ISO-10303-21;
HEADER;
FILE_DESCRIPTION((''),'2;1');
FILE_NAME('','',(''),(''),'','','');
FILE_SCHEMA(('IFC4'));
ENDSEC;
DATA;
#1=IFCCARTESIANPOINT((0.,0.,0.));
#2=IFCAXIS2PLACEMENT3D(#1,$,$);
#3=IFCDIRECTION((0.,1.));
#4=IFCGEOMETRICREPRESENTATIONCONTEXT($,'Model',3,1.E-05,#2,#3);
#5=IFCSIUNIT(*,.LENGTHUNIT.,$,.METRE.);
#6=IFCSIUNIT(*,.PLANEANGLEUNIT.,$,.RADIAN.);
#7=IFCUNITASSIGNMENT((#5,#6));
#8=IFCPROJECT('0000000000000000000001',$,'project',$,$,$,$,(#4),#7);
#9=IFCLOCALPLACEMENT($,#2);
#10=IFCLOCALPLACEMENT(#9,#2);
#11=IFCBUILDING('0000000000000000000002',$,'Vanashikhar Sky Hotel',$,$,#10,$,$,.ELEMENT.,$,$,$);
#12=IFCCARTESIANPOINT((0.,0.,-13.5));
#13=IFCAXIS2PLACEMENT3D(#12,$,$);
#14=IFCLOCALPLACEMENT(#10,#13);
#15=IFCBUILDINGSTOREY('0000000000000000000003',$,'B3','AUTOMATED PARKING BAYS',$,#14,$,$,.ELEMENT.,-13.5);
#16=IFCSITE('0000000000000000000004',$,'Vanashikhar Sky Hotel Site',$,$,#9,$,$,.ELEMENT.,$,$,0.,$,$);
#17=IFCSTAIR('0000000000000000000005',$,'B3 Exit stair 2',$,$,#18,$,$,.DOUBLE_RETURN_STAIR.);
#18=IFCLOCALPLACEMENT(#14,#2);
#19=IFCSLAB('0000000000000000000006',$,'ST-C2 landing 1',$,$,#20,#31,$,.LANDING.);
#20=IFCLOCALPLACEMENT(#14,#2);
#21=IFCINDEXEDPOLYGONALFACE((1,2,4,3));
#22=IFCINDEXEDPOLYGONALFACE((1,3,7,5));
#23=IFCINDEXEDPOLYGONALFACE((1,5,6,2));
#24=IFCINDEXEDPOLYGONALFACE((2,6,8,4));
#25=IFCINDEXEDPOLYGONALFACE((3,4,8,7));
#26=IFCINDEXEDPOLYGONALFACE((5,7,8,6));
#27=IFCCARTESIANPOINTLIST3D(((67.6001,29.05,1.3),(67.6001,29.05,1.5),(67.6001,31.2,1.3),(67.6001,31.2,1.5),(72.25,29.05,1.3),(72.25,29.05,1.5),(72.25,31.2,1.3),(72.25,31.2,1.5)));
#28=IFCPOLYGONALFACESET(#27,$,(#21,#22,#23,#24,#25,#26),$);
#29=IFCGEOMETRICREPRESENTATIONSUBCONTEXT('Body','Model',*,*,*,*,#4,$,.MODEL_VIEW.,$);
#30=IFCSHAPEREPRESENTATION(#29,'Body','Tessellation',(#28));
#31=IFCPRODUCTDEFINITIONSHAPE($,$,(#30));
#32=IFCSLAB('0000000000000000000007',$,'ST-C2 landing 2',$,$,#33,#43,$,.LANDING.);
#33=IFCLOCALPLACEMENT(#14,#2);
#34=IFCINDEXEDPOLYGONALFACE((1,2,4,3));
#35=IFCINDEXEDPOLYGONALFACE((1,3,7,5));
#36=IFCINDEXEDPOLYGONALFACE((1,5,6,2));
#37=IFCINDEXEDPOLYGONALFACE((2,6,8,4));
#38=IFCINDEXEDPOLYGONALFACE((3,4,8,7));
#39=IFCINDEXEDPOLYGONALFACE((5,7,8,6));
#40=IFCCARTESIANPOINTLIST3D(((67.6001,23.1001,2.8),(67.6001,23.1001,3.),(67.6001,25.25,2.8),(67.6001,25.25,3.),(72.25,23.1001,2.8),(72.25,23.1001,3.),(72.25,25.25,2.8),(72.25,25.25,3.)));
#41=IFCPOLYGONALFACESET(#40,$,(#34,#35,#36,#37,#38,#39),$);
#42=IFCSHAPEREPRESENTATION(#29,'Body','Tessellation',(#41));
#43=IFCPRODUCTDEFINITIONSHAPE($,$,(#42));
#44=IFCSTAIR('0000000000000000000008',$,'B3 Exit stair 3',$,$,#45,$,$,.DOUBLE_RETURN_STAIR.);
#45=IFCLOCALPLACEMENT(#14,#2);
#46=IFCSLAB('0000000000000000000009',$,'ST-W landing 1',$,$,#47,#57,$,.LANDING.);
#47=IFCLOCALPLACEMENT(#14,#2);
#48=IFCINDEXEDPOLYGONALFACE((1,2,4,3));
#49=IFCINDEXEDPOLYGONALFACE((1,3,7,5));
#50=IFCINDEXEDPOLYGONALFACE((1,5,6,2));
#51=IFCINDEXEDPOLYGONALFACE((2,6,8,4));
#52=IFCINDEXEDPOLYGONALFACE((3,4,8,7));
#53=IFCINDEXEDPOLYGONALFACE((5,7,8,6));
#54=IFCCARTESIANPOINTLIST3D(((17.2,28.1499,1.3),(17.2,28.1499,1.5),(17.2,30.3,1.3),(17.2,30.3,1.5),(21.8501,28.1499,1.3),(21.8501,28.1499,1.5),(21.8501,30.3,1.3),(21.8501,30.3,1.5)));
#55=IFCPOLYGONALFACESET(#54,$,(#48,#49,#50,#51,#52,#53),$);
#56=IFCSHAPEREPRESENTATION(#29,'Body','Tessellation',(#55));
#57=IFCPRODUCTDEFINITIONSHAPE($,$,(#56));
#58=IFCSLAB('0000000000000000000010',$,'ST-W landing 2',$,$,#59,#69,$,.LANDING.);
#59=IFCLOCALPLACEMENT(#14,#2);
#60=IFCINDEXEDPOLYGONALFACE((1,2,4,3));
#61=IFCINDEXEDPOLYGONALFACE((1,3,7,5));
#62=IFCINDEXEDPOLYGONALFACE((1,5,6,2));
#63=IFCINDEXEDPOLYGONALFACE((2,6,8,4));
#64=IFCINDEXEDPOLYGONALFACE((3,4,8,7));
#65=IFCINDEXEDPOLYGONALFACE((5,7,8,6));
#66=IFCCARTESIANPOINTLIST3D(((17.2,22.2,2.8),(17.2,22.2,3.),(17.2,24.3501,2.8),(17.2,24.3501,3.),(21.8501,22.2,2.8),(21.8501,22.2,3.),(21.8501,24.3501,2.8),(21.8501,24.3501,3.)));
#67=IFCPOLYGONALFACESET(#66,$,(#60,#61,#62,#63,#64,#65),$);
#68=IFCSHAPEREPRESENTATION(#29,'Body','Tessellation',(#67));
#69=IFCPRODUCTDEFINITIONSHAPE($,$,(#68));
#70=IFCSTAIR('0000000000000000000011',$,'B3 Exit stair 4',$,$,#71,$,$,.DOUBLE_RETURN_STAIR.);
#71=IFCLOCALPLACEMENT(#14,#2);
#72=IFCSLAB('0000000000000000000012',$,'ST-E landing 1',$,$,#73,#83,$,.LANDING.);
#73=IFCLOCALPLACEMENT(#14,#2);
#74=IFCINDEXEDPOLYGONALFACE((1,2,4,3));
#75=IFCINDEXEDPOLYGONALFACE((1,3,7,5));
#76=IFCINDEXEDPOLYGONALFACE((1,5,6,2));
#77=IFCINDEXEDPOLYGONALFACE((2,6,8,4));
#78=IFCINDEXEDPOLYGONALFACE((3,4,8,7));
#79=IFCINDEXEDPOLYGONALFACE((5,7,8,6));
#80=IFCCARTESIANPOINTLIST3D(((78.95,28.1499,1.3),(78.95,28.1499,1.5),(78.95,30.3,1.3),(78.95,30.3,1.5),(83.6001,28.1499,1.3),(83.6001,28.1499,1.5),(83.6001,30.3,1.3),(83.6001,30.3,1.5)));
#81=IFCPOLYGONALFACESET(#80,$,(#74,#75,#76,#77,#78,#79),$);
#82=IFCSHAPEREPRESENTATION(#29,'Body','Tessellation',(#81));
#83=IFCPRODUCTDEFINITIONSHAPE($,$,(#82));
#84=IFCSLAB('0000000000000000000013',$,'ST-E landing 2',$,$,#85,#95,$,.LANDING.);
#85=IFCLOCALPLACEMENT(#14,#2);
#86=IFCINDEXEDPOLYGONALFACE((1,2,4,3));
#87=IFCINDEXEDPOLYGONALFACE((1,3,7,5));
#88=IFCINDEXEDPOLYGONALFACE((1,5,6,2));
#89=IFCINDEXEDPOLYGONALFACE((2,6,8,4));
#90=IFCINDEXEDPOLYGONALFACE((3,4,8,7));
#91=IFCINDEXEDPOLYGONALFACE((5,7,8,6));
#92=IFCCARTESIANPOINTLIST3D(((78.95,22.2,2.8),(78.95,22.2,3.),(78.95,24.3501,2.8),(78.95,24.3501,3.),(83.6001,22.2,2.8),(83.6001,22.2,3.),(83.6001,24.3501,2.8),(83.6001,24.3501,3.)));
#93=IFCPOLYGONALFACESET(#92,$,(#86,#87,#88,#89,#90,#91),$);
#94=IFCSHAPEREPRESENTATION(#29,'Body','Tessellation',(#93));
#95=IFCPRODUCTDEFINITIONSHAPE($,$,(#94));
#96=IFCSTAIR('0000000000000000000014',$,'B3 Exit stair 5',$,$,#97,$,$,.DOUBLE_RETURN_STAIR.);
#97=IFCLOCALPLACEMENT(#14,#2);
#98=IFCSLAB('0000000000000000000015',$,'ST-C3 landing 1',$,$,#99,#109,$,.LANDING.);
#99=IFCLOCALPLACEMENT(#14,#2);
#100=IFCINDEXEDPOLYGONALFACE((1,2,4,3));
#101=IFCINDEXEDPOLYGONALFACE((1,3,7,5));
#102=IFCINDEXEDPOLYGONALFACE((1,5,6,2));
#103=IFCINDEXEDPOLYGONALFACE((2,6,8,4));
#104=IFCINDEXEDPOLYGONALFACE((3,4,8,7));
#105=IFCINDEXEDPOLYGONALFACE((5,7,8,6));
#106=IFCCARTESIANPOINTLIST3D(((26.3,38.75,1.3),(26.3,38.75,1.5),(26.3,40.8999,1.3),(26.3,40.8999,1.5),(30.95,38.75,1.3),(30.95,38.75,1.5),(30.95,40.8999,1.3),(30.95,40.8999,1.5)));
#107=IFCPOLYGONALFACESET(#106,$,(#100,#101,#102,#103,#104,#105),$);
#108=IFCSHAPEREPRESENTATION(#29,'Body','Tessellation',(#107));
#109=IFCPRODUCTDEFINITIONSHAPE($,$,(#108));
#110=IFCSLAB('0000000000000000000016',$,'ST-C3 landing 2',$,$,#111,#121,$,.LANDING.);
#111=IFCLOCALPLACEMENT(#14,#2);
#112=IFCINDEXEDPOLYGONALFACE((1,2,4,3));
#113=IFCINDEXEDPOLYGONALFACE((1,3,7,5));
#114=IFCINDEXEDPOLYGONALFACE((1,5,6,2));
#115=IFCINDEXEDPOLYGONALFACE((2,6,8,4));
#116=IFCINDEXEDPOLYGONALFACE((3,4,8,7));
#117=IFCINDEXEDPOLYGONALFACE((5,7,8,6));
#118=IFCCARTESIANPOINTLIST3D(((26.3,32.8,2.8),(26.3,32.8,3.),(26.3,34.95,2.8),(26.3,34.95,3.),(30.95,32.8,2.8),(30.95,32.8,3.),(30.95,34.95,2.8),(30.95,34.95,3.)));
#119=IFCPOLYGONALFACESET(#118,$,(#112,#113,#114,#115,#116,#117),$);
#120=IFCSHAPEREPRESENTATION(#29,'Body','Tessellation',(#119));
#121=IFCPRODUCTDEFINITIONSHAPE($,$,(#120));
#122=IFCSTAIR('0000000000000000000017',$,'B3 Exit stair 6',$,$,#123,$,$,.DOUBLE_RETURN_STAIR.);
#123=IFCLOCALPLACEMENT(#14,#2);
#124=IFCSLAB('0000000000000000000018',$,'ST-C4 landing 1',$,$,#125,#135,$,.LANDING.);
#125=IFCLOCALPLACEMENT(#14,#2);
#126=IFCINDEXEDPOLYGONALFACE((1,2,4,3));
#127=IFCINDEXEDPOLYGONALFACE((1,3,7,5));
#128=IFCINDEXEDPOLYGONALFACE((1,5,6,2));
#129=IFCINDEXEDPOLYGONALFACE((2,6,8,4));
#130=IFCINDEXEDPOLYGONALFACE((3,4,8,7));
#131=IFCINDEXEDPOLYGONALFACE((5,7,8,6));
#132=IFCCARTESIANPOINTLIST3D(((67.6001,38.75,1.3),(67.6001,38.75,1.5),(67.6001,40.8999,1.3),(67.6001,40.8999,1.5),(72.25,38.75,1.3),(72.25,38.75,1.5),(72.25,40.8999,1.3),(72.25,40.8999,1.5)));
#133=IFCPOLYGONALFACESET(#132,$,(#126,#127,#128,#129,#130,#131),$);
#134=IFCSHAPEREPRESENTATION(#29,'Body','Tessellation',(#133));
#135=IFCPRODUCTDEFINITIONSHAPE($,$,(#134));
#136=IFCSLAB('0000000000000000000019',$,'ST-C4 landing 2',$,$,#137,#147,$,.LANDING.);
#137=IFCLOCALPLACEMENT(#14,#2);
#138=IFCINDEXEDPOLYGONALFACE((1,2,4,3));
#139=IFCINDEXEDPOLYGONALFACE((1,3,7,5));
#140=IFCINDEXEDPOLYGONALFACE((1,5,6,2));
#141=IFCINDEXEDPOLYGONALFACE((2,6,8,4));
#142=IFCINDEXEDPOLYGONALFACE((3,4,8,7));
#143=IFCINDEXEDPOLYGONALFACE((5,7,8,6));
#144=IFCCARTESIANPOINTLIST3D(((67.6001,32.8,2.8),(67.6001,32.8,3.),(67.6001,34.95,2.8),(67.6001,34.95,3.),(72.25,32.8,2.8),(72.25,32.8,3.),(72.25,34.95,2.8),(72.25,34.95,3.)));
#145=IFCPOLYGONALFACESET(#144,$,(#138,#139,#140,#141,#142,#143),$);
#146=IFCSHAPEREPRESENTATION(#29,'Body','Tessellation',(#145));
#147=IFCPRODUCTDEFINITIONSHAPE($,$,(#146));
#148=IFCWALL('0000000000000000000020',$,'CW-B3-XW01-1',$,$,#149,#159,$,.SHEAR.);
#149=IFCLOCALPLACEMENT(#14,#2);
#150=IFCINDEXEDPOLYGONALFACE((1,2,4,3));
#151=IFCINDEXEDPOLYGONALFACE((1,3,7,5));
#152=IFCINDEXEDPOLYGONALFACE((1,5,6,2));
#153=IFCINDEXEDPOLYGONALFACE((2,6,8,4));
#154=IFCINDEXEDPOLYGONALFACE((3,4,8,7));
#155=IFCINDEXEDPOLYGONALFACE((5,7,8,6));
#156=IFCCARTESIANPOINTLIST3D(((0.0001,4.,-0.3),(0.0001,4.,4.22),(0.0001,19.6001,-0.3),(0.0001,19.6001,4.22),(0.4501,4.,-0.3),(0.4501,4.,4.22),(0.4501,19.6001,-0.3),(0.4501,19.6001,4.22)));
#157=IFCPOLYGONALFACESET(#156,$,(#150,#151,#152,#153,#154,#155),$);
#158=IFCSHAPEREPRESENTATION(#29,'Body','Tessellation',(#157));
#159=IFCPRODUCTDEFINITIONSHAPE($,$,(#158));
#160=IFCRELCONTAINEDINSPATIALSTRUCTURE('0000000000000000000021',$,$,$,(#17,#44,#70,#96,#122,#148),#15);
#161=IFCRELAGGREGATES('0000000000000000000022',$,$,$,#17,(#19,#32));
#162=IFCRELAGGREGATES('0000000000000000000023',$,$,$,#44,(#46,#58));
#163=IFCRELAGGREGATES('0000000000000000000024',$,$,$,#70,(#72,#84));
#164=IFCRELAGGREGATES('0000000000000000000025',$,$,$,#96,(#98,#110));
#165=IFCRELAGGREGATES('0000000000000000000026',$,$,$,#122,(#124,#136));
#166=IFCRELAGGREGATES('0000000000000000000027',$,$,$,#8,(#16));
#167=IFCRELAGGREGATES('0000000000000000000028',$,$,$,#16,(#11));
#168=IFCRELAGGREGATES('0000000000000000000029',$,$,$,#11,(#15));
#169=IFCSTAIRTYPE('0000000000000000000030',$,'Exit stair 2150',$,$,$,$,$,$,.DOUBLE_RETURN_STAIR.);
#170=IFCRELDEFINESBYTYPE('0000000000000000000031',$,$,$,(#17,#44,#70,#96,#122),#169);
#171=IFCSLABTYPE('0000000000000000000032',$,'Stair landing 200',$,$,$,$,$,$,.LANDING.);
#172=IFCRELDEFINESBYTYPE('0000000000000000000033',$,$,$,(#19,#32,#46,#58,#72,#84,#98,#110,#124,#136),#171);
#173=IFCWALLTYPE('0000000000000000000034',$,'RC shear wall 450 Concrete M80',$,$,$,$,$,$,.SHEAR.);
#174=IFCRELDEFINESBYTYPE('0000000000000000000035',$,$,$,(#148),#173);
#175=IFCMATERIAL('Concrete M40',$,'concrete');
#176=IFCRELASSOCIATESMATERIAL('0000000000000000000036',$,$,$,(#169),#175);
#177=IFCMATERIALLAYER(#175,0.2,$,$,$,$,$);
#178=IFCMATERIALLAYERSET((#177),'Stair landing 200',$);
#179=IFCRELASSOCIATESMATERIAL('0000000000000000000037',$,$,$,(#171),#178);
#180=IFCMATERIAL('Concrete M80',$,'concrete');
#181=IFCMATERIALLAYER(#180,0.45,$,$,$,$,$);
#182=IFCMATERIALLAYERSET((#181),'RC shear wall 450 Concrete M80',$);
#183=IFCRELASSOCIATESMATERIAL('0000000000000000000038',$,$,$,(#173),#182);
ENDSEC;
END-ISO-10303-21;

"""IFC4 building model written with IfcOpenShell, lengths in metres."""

from ifc_helpers import new_model, si_unit, direction, frame, frame_2d, origin, place, context, subcontext, project, spatial, polyline, rectangle, outline, extrude, source, transform, mapped, material, layer, layer_set, type_object, element, aggregate, save


model = new_model("IFC4")

# Units and contexts
model_context = context("Model", 3, precision=1e-05, world=origin(), true_north=direction((0.0, 1.0)))
body_context = subcontext(model_context, "Body", "Model", "MODEL_VIEW")
ifc_project = project(units=[si_unit("LENGTHUNIT", "METRE"), si_unit("PLANEANGLEUNIT", "RADIAN")], contexts=[model_context])

# Site, building, storey
site_placement = place(None, origin())
site = spatial("IfcSite", under=ifc_project, at=site_placement, Name="Vanashikhar Sky Hotel Site", CompositionType="ELEMENT", RefElevation=0.0)
building_placement = place(site_placement, origin())
building = spatial("IfcBuilding", under=site, at=building_placement, Name="Vanashikhar Sky Hotel", CompositionType="ELEMENT")
storey_placement = place(building_placement, frame((0.0, 0.0, -13.5)))
storey = spatial("IfcBuildingStorey", under=building, at=storey_placement, Name="B3", Description="AUTOMATED PARKING BAYS", CompositionType="ELEMENT", Elevation=-13.5)

# Shared definitions
ifc_material_1 = material(Name="Concrete M40", Category="concrete")

# Stairs, slabs
stair_type = type_object("IfcStairType", Name="Exit stair 2150", PredefinedType="DOUBLE_RETURN_STAIR", material=ifc_material_1)
stair_1_placement = place(storey_placement, origin())
stair_1 = element("IfcStair", 1, at=stair_1_placement, inside=storey, type_object=stair_type, Name="B3 Exit stair 2", PredefinedType="DOUBLE_RETURN_STAIR")
ifc_layer_1 = layer(ifc_material_1, 0.2)
ifc_layer_set_1 = layer_set([ifc_layer_1], Name="Stair landing 200")
slab_type = type_object("IfcSlabType", Name="Stair landing 200", PredefinedType="LANDING", material=ifc_layer_set_1)
shared_shape_1 = source(origin(), body_context, "Body", "SweptSolid", [
    extrude(outline(polyline([(72.25, 29.05), (72.25, 31.2), (67.6001, 31.2), (67.6001, 29.05), (72.25, 29.05)])), origin(), (0.0, 0.0, 1.0), 0.2),
])
slab_1_placement = place(storey_placement, frame((0.0, 0.0, 1.3)))
slab_1 = element("IfcSlab", 2, at=slab_1_placement, type_object=slab_type, Name="ST-C2 landing 1", PredefinedType="LANDING", context=body_context, shape_type="MappedRepresentation", body=[
    mapped(shared_shape_1, transform((0.0, 0.0, 0.0), scale=1.0)),
])
shared_shape_2 = source(origin(), body_context, "Body", "SweptSolid", [
    extrude(outline(polyline([(72.25, 23.1001), (72.25, 25.25), (67.6001, 25.25), (67.6001, 23.1001), (72.25, 23.1001)])), origin(), (0.0, 0.0, 1.0), 0.2),
])
slab_2_placement = place(storey_placement, frame((0.0, 0.0, 2.8)))
slab_2 = element("IfcSlab", 3, at=slab_2_placement, type_object=slab_type, Name="ST-C2 landing 2", PredefinedType="LANDING", context=body_context, shape_type="MappedRepresentation", body=[
    mapped(shared_shape_2, transform((0.0, 0.0, 0.0), scale=1.0)),
])
aggregate(stair_1, [slab_1, slab_2])
stair_2_placement = place(storey_placement, origin())
stair_2 = element("IfcStair", 4, at=stair_2_placement, inside=storey, type_object=stair_type, Name="B3 Exit stair 3", PredefinedType="DOUBLE_RETURN_STAIR")
shared_shape_3 = source(origin(), body_context, "Body", "SweptSolid", [
    extrude(outline(polyline([(21.8501, 28.1499), (21.8501, 30.3), (17.2, 30.3), (17.2, 28.1499), (21.8501, 28.1499)])), origin(), (0.0, 0.0, 1.0), 0.2),
])
slab_3_placement = place(storey_placement, frame((0.0, 0.0, 1.3)))
slab_3 = element("IfcSlab", 5, at=slab_3_placement, type_object=slab_type, Name="ST-W landing 1", PredefinedType="LANDING", context=body_context, shape_type="MappedRepresentation", body=[
    mapped(shared_shape_3, transform((0.0, 0.0, 0.0), scale=1.0)),
])
shared_shape_4 = source(origin(), body_context, "Body", "SweptSolid", [
    extrude(outline(polyline([(21.8501, 22.2), (21.8501, 24.3501), (17.2, 24.3501), (17.2, 22.2), (21.8501, 22.2)])), origin(), (0.0, 0.0, 1.0), 0.2),
])
slab_4_placement = place(storey_placement, frame((0.0, 0.0, 2.8)))
slab_4 = element("IfcSlab", 6, at=slab_4_placement, type_object=slab_type, Name="ST-W landing 2", PredefinedType="LANDING", context=body_context, shape_type="MappedRepresentation", body=[
    mapped(shared_shape_4, transform((0.0, 0.0, 0.0), scale=1.0)),
])
aggregate(stair_2, [slab_3, slab_4])
stair_3_placement = place(storey_placement, origin())
stair_3 = element("IfcStair", 7, at=stair_3_placement, inside=storey, type_object=stair_type, Name="B3 Exit stair 4", PredefinedType="DOUBLE_RETURN_STAIR")
shared_shape_5 = source(origin(), body_context, "Body", "SweptSolid", [
    extrude(outline(polyline([(83.6001, 28.1499), (83.6001, 30.3), (78.95, 30.3), (78.95, 28.1499), (83.6001, 28.1499)])), origin(), (0.0, 0.0, 1.0), 0.2),
])
slab_5_placement = place(storey_placement, frame((0.0, 0.0, 1.3)))
slab_5 = element("IfcSlab", 8, at=slab_5_placement, type_object=slab_type, Name="ST-E landing 1", PredefinedType="LANDING", context=body_context, shape_type="MappedRepresentation", body=[
    mapped(shared_shape_5, transform((0.0, 0.0, 0.0), scale=1.0)),
])
shared_shape_6 = source(origin(), body_context, "Body", "SweptSolid", [
    extrude(outline(polyline([(83.6001, 22.2), (83.6001, 24.3501), (78.95, 24.3501), (78.95, 22.2), (83.6001, 22.2)])), origin(), (0.0, 0.0, 1.0), 0.2),
])
slab_6_placement = place(storey_placement, frame((0.0, 0.0, 2.8)))
slab_6 = element("IfcSlab", 9, at=slab_6_placement, type_object=slab_type, Name="ST-E landing 2", PredefinedType="LANDING", context=body_context, shape_type="MappedRepresentation", body=[
    mapped(shared_shape_6, transform((0.0, 0.0, 0.0), scale=1.0)),
])
aggregate(stair_3, [slab_5, slab_6])
stair_4_placement = place(storey_placement, origin())
stair_4 = element("IfcStair", 10, at=stair_4_placement, inside=storey, type_object=stair_type, Name="B3 Exit stair 5", PredefinedType="DOUBLE_RETURN_STAIR")
shared_shape_7 = source(origin(), body_context, "Body", "SweptSolid", [
    extrude(outline(polyline([(30.95, 38.75), (30.95, 40.8999), (26.3, 40.8999), (26.3, 38.75), (30.95, 38.75)])), origin(), (0.0, 0.0, 1.0), 0.2),
])
slab_7_placement = place(storey_placement, frame((0.0, 0.0, 1.3)))
slab_7 = element("IfcSlab", 11, at=slab_7_placement, type_object=slab_type, Name="ST-C3 landing 1", PredefinedType="LANDING", context=body_context, shape_type="MappedRepresentation", body=[
    mapped(shared_shape_7, transform((0.0, 0.0, 0.0), scale=1.0)),
])
shared_shape_8 = source(origin(), body_context, "Body", "SweptSolid", [
    extrude(outline(polyline([(30.95, 32.8), (30.95, 34.95), (26.3, 34.95), (26.3, 32.8), (30.95, 32.8)])), origin(), (0.0, 0.0, 1.0), 0.2),
])
slab_8_placement = place(storey_placement, frame((0.0, 0.0, 2.8)))
slab_8 = element("IfcSlab", 12, at=slab_8_placement, type_object=slab_type, Name="ST-C3 landing 2", PredefinedType="LANDING", context=body_context, shape_type="MappedRepresentation", body=[
    mapped(shared_shape_8, transform((0.0, 0.0, 0.0), scale=1.0)),
])
aggregate(stair_4, [slab_7, slab_8])
stair_5_placement = place(storey_placement, origin())
stair_5 = element("IfcStair", 13, at=stair_5_placement, inside=storey, type_object=stair_type, Name="B3 Exit stair 6", PredefinedType="DOUBLE_RETURN_STAIR")
shared_shape_9 = source(origin(), body_context, "Body", "SweptSolid", [
    extrude(outline(polyline([(72.25, 38.75), (72.25, 40.8999), (67.6001, 40.8999), (67.6001, 38.75), (72.25, 38.75)])), origin(), (0.0, 0.0, 1.0), 0.2),
])
slab_9_placement = place(storey_placement, frame((0.0, 0.0, 1.3)))
slab_9 = element("IfcSlab", 14, at=slab_9_placement, type_object=slab_type, Name="ST-C4 landing 1", PredefinedType="LANDING", context=body_context, shape_type="MappedRepresentation", body=[
    mapped(shared_shape_9, transform((0.0, 0.0, 0.0), scale=1.0)),
])
shared_shape_10 = source(origin(), body_context, "Body", "SweptSolid", [
    extrude(outline(polyline([(72.25, 32.8), (72.25, 34.95), (67.6001, 34.95), (67.6001, 32.8), (72.25, 32.8)])), origin(), (0.0, 0.0, 1.0), 0.2),
])
slab_10_placement = place(storey_placement, frame((0.0, 0.0, 2.8)))
slab_10 = element("IfcSlab", 15, at=slab_10_placement, type_object=slab_type, Name="ST-C4 landing 2", PredefinedType="LANDING", context=body_context, shape_type="MappedRepresentation", body=[
    mapped(shared_shape_10, transform((0.0, 0.0, 0.0), scale=1.0)),
])
aggregate(stair_5, [slab_9, slab_10])

# Wall
ifc_material_2 = material(Name="Concrete M80", Category="concrete")
ifc_layer_2 = layer(ifc_material_2, 0.45)
ifc_layer_set_2 = layer_set([ifc_layer_2], Name="RC shear wall 450 Concrete M80")
wall_type = type_object("IfcWallType", Name="RC shear wall 450 Concrete M80", PredefinedType="SHEAR", material=ifc_layer_set_2)
shared_shape_11 = source(origin(), body_context, "Body", "SweptSolid", [
    extrude(rectangle(XDim=15.6001, YDim=0.45, at=frame_2d((7.8, 0.0))), origin(), (0.0, 0.0, 1.0), 4.52),
])
wall_placement = place(storey_placement, frame((0.2251, 4.0, -0.3), z_axis=(0.0, 0.0, 1.0), x_axis=(0.0, 1.0, 0.0)))
element("IfcWall", 16, at=wall_placement, inside=storey, type_object=wall_type, Name="CW-B3-XW01-1", PredefinedType="SHEAR", context=body_context, shape_type="MappedRepresentation", body=[
    mapped(shared_shape_11, transform((0.0, 0.0, 0.0), scale=1.0)),
])

save(model, "model.ifc")
